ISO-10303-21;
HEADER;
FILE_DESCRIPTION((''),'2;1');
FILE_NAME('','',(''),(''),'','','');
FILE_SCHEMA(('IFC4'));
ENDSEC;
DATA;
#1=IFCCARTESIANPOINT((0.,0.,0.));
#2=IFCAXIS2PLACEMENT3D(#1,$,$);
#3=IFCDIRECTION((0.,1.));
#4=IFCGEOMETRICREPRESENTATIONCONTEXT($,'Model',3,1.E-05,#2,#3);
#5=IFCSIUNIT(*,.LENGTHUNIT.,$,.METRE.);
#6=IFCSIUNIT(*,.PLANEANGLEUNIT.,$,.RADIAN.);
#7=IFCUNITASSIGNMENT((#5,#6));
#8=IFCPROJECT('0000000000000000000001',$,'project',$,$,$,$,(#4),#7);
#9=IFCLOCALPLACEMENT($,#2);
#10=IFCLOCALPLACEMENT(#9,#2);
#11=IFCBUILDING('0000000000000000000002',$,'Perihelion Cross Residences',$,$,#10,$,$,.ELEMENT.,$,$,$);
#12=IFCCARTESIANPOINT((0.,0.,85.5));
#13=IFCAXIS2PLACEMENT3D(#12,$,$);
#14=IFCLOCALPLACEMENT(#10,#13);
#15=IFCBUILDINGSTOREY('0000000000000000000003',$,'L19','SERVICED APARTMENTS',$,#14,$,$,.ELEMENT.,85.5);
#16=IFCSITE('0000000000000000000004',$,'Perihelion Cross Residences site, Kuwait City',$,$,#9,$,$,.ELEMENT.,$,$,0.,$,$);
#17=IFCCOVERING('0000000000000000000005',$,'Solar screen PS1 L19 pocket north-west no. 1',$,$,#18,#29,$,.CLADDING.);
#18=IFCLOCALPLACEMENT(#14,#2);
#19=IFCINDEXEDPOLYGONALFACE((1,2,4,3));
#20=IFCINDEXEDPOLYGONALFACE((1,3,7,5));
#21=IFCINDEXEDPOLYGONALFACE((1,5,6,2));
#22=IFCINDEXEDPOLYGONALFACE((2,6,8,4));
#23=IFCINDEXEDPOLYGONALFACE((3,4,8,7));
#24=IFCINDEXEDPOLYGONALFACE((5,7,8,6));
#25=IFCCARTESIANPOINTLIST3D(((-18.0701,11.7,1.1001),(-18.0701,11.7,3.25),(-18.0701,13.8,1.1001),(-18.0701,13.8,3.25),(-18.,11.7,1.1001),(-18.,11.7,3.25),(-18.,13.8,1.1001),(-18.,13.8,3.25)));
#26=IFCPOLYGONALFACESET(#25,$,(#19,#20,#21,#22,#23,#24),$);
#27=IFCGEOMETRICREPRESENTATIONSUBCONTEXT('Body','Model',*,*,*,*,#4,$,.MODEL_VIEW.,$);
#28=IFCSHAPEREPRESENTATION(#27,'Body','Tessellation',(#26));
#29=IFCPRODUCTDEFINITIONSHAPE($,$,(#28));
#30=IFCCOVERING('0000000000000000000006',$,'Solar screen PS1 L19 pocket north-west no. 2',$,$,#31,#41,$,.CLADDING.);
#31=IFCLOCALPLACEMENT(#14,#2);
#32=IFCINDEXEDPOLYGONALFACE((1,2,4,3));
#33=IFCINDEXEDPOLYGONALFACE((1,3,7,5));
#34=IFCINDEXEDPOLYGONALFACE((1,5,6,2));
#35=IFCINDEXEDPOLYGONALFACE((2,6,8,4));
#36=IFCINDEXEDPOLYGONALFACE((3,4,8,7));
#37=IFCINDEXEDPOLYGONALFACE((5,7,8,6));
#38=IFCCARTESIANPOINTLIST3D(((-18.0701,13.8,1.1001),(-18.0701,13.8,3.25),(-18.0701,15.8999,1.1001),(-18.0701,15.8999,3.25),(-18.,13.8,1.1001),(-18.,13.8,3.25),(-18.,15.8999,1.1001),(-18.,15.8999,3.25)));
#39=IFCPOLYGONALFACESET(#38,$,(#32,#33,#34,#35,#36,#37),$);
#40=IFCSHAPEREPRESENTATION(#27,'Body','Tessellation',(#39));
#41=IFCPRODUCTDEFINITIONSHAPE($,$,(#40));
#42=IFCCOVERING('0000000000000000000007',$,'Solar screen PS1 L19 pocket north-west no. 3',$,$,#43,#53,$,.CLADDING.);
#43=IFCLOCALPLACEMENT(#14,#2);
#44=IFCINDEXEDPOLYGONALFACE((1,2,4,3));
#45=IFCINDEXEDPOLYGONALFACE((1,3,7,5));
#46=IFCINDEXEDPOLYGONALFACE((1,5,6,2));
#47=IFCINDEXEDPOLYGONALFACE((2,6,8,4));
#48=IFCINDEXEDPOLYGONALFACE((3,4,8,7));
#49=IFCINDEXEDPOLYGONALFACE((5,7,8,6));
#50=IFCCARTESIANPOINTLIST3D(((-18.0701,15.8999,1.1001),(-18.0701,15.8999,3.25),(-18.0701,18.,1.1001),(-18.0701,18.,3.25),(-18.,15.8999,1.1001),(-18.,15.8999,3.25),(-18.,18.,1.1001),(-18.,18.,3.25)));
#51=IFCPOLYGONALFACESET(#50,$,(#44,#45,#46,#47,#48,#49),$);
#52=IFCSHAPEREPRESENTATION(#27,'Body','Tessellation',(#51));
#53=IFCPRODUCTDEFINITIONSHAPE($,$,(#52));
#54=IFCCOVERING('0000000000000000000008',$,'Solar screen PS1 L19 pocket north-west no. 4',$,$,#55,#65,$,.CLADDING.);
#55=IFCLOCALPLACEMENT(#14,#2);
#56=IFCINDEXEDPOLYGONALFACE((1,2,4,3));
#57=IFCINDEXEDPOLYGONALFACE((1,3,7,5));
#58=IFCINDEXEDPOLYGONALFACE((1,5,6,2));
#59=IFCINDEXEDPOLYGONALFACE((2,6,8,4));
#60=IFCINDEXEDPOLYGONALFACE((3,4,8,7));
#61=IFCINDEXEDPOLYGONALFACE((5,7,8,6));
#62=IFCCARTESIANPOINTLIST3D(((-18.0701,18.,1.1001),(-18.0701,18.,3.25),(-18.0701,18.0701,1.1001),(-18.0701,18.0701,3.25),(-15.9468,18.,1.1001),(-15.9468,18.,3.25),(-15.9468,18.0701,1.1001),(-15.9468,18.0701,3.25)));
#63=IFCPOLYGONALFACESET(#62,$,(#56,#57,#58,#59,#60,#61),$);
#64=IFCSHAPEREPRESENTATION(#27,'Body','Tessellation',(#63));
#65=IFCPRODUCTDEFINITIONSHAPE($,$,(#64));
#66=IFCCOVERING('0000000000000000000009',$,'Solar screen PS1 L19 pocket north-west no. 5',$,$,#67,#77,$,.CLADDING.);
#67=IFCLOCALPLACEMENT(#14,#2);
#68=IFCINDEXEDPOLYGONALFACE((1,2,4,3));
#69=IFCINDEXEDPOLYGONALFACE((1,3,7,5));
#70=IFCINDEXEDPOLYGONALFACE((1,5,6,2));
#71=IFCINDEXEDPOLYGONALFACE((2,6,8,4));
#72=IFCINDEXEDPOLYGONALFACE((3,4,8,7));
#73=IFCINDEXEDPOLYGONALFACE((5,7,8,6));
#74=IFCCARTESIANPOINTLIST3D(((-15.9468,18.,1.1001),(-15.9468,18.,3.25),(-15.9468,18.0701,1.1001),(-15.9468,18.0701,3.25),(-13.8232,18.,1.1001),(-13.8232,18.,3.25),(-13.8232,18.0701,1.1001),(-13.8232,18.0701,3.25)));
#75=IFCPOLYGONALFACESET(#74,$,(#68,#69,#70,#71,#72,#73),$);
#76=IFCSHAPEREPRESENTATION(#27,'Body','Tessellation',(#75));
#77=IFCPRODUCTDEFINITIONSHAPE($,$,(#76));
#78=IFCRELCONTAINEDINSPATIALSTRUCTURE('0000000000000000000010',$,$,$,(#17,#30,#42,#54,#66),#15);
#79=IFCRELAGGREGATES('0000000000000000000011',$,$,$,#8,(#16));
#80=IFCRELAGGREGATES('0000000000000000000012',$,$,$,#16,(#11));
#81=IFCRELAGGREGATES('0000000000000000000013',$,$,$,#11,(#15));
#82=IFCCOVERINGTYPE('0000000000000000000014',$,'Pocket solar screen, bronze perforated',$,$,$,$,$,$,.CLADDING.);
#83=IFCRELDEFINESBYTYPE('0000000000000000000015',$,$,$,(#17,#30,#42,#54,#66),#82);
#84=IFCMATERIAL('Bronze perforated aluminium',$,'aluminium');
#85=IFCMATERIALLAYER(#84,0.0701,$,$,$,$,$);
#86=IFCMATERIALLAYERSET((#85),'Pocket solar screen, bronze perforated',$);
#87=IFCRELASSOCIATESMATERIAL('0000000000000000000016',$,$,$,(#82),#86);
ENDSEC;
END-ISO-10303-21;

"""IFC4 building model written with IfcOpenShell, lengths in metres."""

from ifc_helpers import new_model, si_unit, direction, frame, origin, place, context, subcontext, project, spatial, polyline, outline, extrude, material, layer, layer_set, type_object, element, save


model = new_model("IFC4")

# Units and contexts
model_context = context("Model", 3, precision=1e-05, world=origin(), true_north=direction((0.0, 1.0)))
body_context = subcontext(model_context, "Body", "Model", "MODEL_VIEW")
ifc_project = project(units=[si_unit("LENGTHUNIT", "METRE"), si_unit("PLANEANGLEUNIT", "RADIAN")], contexts=[model_context])

# Site, building, storey
site_placement = place(None, origin())
site = spatial("IfcSite", under=ifc_project, at=site_placement, Name="Perihelion Cross Residences site, Kuwait City", CompositionType="ELEMENT", RefElevation=0.0)
building_placement = place(site_placement, origin())
building = spatial("IfcBuilding", under=site, at=building_placement, Name="Perihelion Cross Residences", CompositionType="ELEMENT")
storey_placement = place(building_placement, frame((0.0, 0.0, 85.5)))
storey = spatial("IfcBuildingStorey", under=building, at=storey_placement, Name="L19", Description="SERVICED APARTMENTS", CompositionType="ELEMENT", Elevation=85.5)

# Coverings
ifc_material_1 = material(Name="Bronze perforated aluminium", Category="aluminium")
ifc_layer_1 = layer(ifc_material_1, 0.0701)
ifc_layer_set_1 = layer_set([ifc_layer_1], Name="Pocket solar screen, bronze perforated")
covering_type_1 = type_object("IfcCoveringType", Name="Pocket solar screen, bronze perforated", PredefinedType="CLADDING", material=ifc_layer_set_1)
covering_1_placement = place(storey_placement, frame((0.0, 0.0, 1.1001)))
element("IfcCovering", 1, at=covering_1_placement, inside=storey, type_object=covering_type_1, Name="Solar screen PS1 L19 pocket north-west no. 1", PredefinedType="CLADDING", context=body_context, shape_type="SweptSolid", body=[
    extrude(outline(polyline([(-18.0, 11.7), (-18.0, 13.8), (-18.0701, 13.8), (-18.0701, 11.7), (-18.0, 11.7)])), origin(), (0.0, 0.0, 1.0), 2.1499),
])
covering_2_placement = place(storey_placement, frame((0.0, 0.0, 1.1001)))
element("IfcCovering", 2, at=covering_2_placement, inside=storey, type_object=covering_type_1, Name="Solar screen PS1 L19 pocket north-west no. 2", PredefinedType="CLADDING", context=body_context, shape_type="SweptSolid", body=[
    extrude(outline(polyline([(-18.0, 13.8), (-18.0, 15.8999), (-18.0701, 15.8999), (-18.0701, 13.8), (-18.0, 13.8)])), origin(), (0.0, 0.0, 1.0), 2.1499),
])
covering_3_placement = place(storey_placement, frame((0.0, 0.0, 1.1001)))
element("IfcCovering", 3, at=covering_3_placement, inside=storey, type_object=covering_type_1, Name="Solar screen PS1 L19 pocket north-west no. 3", PredefinedType="CLADDING", context=body_context, shape_type="SweptSolid", body=[
    extrude(outline(polyline([(-18.0, 15.8999), (-18.0, 18.0), (-18.0701, 18.0), (-18.0701, 15.8999), (-18.0, 15.8999)])), origin(), (0.0, 0.0, 1.0), 2.1499),
])
covering_4_placement = place(storey_placement, frame((0.0, 0.0, 1.1001)))
element("IfcCovering", 4, at=covering_4_placement, inside=storey, type_object=covering_type_1, Name="Solar screen PS1 L19 pocket north-west no. 4", PredefinedType="CLADDING", context=body_context, shape_type="SweptSolid", body=[
    extrude(outline(polyline([(-15.9468, 18.0), (-15.9468, 18.0701), (-18.0701, 18.0701), (-18.0701, 18.0), (-15.9468, 18.0)])), origin(), (0.0, 0.0, 1.0), 2.1499),
])
covering_5_placement = place(storey_placement, frame((0.0, 0.0, 1.1001)))
element("IfcCovering", 5, at=covering_5_placement, inside=storey, type_object=covering_type_1, Name="Solar screen PS1 L19 pocket north-west no. 5", PredefinedType="CLADDING", context=body_context, shape_type="SweptSolid", body=[
    extrude(outline(polyline([(-13.8232, 18.0), (-13.8232, 18.0701), (-15.9468, 18.0701), (-15.9468, 18.0), (-13.8232, 18.0)])), origin(), (0.0, 0.0, 1.0), 2.1499),
])

save(model, "model.ifc")
